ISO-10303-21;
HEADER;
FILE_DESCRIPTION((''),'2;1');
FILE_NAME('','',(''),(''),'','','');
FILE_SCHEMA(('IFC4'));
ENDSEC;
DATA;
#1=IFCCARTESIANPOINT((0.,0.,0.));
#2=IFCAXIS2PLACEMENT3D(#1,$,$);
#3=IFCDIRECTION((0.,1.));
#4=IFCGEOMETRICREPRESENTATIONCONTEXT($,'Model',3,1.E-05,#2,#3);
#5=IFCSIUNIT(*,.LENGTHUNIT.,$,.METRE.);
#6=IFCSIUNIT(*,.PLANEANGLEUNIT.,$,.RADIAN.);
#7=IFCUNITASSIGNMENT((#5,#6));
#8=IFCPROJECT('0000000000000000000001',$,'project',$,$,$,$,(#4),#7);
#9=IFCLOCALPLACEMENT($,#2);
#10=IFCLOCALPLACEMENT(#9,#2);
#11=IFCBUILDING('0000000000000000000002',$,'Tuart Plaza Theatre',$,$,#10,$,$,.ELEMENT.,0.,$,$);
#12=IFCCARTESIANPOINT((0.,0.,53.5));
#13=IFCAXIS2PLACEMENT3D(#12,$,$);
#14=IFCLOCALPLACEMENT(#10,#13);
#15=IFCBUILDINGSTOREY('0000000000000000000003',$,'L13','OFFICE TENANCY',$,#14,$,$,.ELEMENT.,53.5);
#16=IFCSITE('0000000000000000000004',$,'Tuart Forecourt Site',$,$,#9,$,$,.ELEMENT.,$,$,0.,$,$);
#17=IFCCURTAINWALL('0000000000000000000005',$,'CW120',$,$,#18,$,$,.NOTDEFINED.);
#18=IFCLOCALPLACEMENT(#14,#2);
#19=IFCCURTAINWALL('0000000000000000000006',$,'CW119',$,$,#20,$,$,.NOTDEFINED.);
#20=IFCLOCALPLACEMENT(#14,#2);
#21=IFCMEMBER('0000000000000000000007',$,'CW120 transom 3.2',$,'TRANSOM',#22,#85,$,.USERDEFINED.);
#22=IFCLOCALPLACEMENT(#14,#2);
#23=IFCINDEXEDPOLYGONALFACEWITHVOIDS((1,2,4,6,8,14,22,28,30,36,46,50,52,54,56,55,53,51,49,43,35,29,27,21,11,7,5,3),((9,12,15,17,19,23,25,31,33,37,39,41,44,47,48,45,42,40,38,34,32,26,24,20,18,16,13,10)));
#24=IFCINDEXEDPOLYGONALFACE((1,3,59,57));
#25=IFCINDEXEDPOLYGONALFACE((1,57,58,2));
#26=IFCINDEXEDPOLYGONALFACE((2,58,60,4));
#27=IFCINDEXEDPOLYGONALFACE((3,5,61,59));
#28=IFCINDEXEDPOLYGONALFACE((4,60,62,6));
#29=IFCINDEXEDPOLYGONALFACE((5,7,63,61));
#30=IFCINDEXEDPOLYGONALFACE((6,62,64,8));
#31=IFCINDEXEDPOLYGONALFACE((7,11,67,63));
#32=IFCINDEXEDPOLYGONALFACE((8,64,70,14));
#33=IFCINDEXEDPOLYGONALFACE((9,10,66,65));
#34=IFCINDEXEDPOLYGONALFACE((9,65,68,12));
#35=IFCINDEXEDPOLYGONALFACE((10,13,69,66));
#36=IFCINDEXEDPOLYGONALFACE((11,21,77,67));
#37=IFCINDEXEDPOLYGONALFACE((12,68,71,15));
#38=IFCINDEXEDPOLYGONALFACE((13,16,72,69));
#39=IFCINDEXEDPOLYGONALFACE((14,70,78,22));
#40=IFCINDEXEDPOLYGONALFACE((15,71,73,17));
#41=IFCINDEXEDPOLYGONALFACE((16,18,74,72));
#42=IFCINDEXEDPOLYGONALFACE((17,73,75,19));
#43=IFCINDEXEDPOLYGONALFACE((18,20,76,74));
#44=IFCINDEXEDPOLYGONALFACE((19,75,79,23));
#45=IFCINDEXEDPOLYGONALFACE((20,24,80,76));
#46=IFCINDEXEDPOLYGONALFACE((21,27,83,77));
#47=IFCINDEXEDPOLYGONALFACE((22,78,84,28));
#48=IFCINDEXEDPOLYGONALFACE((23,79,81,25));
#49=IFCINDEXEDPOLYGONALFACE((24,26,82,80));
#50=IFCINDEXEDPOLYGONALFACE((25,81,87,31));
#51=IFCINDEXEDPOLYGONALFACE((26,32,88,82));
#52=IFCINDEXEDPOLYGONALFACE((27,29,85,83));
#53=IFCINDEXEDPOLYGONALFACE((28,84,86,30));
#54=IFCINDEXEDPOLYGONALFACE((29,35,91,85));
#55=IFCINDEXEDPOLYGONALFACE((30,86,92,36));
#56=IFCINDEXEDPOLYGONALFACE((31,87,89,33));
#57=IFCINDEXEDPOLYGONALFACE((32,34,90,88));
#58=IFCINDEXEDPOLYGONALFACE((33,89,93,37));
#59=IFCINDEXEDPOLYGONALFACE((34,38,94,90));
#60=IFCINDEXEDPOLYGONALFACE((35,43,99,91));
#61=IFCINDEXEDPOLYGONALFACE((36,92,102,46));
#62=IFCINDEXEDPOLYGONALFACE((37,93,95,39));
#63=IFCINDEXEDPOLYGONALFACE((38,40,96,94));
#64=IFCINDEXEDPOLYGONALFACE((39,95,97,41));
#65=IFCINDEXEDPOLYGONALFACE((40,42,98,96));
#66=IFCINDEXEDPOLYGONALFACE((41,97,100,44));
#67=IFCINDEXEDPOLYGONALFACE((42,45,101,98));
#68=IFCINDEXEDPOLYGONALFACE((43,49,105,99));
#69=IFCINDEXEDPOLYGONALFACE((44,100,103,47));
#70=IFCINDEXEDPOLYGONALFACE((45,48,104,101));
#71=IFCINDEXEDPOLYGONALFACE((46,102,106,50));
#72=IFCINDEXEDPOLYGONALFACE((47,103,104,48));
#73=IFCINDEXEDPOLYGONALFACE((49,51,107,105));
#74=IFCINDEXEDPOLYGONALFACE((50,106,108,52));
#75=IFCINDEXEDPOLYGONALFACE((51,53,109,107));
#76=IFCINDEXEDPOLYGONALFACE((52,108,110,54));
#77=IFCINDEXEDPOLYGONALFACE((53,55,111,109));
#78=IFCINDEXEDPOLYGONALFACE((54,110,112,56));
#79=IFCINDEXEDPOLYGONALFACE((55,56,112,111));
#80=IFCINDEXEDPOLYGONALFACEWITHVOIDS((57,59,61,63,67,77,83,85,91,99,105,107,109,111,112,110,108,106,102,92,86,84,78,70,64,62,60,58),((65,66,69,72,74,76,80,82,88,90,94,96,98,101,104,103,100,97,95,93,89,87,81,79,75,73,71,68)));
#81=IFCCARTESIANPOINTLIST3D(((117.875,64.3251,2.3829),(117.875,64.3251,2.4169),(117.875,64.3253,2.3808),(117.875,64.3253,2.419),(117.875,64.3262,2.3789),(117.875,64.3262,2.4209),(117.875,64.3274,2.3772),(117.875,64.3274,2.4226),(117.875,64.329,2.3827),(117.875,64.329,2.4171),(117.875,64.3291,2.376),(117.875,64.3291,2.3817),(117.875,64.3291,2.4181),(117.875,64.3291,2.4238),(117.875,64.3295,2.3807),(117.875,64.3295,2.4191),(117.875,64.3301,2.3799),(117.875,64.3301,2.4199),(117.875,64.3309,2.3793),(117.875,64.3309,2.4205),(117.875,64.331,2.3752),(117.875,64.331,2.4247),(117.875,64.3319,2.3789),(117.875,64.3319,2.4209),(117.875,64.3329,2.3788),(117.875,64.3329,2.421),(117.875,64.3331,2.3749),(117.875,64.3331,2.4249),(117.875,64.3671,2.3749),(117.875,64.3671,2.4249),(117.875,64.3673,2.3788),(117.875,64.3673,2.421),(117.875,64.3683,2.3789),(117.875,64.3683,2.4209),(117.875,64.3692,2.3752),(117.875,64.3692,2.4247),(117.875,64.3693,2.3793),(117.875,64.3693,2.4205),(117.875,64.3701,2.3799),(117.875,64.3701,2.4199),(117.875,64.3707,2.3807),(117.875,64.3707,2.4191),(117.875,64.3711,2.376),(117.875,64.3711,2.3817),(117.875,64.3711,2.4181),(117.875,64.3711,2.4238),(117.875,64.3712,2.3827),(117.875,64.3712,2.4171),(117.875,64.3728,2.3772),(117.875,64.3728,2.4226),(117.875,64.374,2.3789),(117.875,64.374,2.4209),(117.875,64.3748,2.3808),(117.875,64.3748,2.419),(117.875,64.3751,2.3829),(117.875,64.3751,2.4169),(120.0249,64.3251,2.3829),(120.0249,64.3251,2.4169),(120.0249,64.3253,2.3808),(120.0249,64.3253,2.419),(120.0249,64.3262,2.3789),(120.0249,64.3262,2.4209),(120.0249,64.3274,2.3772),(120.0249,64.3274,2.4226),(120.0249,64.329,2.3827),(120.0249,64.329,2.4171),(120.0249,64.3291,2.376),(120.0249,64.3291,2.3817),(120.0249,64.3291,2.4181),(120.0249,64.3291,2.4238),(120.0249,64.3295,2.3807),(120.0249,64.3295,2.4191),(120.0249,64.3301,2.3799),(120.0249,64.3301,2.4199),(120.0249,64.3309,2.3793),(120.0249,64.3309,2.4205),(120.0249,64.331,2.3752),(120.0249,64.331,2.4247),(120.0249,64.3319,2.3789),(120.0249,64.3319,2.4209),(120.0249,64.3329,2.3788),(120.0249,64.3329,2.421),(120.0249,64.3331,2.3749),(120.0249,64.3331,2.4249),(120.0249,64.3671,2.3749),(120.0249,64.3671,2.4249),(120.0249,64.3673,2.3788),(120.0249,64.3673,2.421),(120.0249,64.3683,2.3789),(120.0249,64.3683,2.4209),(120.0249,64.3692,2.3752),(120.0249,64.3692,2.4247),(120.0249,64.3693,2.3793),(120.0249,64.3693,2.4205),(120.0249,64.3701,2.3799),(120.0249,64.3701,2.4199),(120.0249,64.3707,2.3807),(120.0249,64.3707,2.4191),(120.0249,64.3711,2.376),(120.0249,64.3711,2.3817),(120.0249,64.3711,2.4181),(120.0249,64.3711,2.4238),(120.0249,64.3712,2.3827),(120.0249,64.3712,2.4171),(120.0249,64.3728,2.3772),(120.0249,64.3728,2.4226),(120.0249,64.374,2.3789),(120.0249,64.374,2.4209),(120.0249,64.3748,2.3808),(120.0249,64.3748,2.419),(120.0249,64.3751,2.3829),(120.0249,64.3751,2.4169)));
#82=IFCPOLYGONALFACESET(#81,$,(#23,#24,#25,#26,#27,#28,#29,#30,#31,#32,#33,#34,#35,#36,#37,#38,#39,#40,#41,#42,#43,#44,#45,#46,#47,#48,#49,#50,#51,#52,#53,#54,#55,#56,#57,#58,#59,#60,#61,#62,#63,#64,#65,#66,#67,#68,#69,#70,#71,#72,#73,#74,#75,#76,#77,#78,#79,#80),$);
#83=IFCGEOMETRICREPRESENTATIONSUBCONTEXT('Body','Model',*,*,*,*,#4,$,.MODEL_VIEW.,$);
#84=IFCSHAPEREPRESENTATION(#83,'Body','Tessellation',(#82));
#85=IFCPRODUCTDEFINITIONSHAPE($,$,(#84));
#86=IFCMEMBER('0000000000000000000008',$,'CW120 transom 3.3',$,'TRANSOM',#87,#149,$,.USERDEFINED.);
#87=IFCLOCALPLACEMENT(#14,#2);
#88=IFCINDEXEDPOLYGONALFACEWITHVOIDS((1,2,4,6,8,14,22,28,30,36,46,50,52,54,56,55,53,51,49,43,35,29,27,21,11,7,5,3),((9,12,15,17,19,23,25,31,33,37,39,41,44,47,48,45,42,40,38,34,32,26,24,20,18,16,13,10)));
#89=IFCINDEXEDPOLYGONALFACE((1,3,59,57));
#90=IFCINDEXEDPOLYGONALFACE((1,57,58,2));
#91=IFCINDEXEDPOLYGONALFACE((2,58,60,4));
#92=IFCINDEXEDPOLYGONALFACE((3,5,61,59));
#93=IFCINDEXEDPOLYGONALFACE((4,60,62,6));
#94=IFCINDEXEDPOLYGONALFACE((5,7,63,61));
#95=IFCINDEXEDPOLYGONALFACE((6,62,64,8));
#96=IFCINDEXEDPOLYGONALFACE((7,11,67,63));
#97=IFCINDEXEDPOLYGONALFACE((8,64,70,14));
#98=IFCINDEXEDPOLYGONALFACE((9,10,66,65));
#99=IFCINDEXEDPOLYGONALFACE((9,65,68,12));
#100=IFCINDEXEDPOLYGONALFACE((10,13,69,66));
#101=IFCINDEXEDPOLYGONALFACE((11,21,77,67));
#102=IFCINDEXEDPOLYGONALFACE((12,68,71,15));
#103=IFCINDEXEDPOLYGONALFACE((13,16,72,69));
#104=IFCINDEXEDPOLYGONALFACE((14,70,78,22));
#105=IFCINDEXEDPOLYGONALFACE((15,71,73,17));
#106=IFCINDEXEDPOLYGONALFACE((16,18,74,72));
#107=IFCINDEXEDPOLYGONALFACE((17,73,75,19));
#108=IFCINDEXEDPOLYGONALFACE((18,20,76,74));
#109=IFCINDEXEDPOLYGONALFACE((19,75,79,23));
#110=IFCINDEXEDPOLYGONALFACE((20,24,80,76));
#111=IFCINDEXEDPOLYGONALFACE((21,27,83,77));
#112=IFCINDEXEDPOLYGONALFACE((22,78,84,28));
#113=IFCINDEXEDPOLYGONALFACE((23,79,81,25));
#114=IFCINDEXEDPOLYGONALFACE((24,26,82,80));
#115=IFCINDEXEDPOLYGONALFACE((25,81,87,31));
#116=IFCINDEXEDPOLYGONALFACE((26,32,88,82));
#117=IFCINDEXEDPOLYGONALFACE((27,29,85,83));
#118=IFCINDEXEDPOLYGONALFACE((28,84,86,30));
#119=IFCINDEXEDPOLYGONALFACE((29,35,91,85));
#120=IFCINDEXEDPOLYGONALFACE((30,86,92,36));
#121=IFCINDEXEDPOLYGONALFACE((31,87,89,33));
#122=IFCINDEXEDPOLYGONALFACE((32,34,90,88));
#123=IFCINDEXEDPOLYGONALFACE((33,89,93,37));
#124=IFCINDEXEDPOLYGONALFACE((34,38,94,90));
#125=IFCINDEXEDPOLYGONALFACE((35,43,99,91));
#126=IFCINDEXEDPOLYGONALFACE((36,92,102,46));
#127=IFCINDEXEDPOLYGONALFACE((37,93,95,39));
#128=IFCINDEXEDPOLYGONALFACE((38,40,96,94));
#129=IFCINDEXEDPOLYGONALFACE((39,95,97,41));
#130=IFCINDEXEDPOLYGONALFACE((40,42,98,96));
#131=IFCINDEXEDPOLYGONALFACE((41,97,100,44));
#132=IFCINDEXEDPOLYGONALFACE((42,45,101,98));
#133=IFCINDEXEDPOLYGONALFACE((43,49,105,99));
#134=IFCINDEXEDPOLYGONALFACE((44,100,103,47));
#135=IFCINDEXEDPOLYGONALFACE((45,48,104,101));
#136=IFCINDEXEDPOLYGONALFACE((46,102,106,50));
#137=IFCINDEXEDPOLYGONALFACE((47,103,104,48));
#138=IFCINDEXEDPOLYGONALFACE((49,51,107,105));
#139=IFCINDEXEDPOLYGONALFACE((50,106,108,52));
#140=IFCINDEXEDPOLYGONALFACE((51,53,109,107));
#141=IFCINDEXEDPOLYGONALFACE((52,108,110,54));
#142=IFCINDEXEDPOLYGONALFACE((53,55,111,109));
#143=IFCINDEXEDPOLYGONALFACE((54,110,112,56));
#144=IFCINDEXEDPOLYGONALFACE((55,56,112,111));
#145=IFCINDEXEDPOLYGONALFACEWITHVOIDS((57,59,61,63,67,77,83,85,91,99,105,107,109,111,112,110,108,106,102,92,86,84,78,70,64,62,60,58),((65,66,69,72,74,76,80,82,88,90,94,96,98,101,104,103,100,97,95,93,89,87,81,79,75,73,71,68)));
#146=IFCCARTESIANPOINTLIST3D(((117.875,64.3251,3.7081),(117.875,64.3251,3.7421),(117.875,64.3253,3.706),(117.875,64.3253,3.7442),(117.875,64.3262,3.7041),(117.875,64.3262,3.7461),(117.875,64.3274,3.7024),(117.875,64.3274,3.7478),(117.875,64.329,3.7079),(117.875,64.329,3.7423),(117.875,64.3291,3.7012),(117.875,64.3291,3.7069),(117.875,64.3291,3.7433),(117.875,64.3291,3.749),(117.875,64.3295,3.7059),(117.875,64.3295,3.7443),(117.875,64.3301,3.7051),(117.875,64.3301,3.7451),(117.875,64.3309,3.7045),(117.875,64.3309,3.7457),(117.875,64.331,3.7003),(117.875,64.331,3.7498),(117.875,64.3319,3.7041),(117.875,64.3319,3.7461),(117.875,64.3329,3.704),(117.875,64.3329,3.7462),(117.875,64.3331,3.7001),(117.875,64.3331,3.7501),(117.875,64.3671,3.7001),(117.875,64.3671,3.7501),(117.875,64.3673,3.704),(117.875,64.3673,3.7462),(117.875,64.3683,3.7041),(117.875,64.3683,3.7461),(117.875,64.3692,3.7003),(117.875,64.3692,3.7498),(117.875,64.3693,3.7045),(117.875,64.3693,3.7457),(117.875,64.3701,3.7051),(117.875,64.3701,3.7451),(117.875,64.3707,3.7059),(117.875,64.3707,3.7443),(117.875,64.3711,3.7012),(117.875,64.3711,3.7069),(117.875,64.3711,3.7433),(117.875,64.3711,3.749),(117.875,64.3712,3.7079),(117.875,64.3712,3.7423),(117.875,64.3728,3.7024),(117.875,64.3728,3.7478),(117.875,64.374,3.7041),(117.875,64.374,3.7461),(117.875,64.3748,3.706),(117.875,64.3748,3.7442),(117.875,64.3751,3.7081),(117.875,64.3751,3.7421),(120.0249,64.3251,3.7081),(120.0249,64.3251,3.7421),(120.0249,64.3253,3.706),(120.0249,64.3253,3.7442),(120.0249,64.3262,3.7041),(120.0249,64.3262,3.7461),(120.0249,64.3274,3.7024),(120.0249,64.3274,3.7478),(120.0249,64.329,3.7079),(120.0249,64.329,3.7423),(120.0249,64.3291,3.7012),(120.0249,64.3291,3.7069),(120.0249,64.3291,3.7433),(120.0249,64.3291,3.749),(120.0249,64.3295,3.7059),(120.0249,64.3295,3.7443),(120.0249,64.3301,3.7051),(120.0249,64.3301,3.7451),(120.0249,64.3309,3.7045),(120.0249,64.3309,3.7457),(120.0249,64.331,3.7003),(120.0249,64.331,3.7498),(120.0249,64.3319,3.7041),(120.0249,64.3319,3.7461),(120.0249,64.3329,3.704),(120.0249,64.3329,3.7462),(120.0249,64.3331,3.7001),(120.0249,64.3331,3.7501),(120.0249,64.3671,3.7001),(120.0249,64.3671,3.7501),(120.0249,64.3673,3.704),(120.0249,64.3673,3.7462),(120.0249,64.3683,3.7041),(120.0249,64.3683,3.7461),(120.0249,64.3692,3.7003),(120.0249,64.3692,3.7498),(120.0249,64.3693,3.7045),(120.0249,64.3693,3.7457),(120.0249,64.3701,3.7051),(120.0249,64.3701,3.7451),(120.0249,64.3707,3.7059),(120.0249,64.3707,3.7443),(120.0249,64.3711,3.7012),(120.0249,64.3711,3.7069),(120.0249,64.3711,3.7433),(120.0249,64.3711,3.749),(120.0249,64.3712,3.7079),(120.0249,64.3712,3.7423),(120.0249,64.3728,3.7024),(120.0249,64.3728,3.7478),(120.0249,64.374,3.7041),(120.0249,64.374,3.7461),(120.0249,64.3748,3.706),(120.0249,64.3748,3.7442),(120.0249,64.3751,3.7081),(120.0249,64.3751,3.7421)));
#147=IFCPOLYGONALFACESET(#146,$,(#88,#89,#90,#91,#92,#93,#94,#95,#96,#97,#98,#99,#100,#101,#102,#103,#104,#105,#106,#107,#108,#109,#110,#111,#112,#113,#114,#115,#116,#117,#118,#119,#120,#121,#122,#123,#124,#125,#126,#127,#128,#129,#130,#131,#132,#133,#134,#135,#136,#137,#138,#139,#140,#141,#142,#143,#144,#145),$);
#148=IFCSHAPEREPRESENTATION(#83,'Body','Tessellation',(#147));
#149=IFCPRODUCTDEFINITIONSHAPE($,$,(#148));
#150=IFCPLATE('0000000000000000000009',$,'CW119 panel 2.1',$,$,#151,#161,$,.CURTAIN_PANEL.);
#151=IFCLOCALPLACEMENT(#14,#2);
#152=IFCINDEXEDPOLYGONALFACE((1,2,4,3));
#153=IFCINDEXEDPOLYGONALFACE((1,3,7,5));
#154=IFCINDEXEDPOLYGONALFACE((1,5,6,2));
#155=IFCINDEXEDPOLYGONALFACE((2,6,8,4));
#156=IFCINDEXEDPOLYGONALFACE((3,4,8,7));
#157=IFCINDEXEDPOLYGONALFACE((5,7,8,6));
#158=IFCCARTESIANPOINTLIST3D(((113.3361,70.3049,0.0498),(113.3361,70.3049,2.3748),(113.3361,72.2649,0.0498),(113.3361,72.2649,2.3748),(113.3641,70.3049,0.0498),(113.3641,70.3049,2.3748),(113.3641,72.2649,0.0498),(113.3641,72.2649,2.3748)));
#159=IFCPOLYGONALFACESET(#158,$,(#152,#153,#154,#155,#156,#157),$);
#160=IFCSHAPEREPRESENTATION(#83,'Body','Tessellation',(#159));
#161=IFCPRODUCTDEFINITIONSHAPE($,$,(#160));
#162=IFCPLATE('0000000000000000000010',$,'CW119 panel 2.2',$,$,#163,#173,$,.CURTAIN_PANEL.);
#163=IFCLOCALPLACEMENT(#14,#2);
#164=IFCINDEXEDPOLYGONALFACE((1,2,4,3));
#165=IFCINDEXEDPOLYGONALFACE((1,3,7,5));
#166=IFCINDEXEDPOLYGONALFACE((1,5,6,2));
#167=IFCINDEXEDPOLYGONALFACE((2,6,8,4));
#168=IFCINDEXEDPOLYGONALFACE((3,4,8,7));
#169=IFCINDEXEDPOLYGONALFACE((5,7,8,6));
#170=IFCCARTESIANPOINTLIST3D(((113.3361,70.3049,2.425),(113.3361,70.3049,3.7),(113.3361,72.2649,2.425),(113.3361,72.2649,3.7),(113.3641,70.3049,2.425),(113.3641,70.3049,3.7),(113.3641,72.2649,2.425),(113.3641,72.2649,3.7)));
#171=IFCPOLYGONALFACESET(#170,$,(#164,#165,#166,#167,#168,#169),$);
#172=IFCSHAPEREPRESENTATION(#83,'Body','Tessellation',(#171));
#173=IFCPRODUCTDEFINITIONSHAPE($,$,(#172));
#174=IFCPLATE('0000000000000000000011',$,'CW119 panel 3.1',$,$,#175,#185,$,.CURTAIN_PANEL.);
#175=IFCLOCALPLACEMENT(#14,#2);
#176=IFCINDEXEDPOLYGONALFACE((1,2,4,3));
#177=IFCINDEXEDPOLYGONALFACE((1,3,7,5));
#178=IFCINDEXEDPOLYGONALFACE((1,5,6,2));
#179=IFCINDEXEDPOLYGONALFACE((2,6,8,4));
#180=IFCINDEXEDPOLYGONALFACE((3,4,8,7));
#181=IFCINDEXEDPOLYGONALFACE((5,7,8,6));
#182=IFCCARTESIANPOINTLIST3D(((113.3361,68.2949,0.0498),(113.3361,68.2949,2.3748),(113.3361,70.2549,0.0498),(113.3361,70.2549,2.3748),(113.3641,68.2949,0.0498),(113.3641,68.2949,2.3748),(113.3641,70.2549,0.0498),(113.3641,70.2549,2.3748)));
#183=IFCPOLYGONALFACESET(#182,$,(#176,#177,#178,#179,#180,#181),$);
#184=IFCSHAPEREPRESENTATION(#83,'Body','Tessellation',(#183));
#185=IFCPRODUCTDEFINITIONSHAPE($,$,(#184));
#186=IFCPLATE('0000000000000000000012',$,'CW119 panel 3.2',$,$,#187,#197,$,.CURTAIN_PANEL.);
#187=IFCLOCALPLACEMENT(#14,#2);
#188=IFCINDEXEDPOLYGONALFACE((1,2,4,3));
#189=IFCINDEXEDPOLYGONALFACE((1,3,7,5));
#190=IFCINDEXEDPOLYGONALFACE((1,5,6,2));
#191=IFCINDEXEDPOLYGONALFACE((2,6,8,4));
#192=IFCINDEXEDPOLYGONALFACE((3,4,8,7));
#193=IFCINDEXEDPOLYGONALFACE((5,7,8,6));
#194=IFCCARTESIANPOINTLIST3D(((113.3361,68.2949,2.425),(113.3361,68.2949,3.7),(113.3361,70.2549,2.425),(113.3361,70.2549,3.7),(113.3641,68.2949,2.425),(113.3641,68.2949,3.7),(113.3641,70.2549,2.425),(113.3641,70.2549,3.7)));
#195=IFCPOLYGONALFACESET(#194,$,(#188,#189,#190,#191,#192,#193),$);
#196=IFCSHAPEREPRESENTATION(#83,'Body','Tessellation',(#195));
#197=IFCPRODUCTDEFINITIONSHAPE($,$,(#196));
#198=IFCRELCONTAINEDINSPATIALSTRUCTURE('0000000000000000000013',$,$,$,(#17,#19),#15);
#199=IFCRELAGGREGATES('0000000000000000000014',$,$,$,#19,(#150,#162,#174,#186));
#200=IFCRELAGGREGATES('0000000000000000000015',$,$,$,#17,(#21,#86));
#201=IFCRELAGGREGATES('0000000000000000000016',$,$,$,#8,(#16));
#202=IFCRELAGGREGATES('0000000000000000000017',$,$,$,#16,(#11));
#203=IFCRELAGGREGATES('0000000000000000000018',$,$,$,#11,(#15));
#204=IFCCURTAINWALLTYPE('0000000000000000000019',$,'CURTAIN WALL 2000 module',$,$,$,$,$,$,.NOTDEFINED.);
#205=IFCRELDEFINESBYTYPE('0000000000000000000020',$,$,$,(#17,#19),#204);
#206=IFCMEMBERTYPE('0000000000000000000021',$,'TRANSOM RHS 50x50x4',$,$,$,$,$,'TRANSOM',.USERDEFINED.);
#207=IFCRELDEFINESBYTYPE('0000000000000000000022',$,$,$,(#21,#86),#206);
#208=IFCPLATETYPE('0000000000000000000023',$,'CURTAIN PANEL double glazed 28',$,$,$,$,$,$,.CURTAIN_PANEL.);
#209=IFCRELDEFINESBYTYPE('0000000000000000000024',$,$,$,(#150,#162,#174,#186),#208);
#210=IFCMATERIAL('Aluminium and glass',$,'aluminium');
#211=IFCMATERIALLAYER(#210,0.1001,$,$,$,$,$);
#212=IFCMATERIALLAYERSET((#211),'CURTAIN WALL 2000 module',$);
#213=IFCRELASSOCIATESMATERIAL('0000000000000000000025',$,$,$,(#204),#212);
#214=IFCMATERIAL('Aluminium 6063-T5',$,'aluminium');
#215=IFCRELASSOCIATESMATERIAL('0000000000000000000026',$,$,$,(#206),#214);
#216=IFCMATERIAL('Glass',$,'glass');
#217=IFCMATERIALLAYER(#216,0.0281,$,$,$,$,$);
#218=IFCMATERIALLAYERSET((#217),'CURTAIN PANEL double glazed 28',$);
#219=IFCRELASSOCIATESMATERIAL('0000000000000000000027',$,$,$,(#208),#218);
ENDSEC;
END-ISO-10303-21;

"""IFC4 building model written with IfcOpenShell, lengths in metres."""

from ifc_helpers import new_model, si_unit, direction, frame, origin, origin_2d, place, context, subcontext, project, spatial, rectangle, hollow_rectangle, extrude, material, layer, layer_set, material_profile, profile_set, type_object, element, aggregate, save


model = new_model("IFC4")

# Units and contexts
model_context = context("Model", 3, precision=1e-05, world=origin(), true_north=direction((0.0, 1.0)))
body_context = subcontext(model_context, "Body", "Model", "MODEL_VIEW")
ifc_project = project(units=[si_unit("LENGTHUNIT", "METRE"), si_unit("PLANEANGLEUNIT", "RADIAN")], contexts=[model_context])

# Site, building, storey
site_placement = place(None, origin())
site = spatial("IfcSite", under=ifc_project, at=site_placement, Name="Tuart Forecourt Site", CompositionType="ELEMENT", RefElevation=0.0)
building_placement = place(site_placement, origin())
building = spatial("IfcBuilding", under=site, at=building_placement, Name="Tuart Plaza Theatre", CompositionType="ELEMENT", ElevationOfRefHeight=0.0)
storey_placement = place(building_placement, frame((0.0, 0.0, 53.5)))
storey = spatial("IfcBuildingStorey", under=building, at=storey_placement, Name="L13", Description="OFFICE TENANCY", CompositionType="ELEMENT", Elevation=53.5)

# Curtain walls
ifc_material_1 = material(Name="Aluminium and glass", Category="aluminium")
ifc_layer_1 = layer(ifc_material_1, 0.1001)
ifc_layer_set_1 = layer_set([ifc_layer_1], Name="CURTAIN WALL 2000 module")
curtain_wall_type = type_object("IfcCurtainWallType", Name="CURTAIN WALL 2000 module", PredefinedType="NOTDEFINED", material=ifc_layer_set_1)
curtain_wall_1_placement = place(storey_placement, origin())
curtain_wall_1 = element("IfcCurtainWall", 1, at=curtain_wall_1_placement, inside=storey, type_object=curtain_wall_type, Name="CW120", PredefinedType="NOTDEFINED")
curtain_wall_2_placement = place(storey_placement, origin())
curtain_wall_2 = element("IfcCurtainWall", 2, at=curtain_wall_2_placement, inside=storey, type_object=curtain_wall_type, Name="CW119", PredefinedType="NOTDEFINED")
ifc_material_2 = material(Name="Aluminium 6063-T5", Category="aluminium")
ifc_material_profile_1 = material_profile(ifc_material_2, hollow_rectangle(XDim=0.05, YDim=0.05, WallThickness=0.0039, InnerFilletRadius=0.0039, OuterFilletRadius=0.0081, at=origin_2d()), Name="RHS 50x50x4")
ifc_profile_set_1 = profile_set([ifc_material_profile_1], Name="Aluminium 6063-T5")
member_type_1 = type_object("IfcMemberType", Name="TRANSOM RHS 50x50x4", ElementType="TRANSOM", PredefinedType="USERDEFINED", material=ifc_profile_set_1)

# Members
member_1_placement = place(storey_placement, frame((117.875, 64.3501, 2.3999), z_axis=(1.0, 0.0, 0.0), x_axis=(0.0, 1.0, 0.0)))
member_1 = element("IfcMember", 3, at=member_1_placement, type_object=member_type_1, Name="CW120 transom 3.2", ObjectType="TRANSOM", PredefinedType="USERDEFINED", context=body_context, shape_type="SweptSolid", body=[
    extrude(hollow_rectangle(XDim=0.05, YDim=0.05, WallThickness=0.0039, InnerFilletRadius=0.0039, OuterFilletRadius=0.0081, at=origin_2d()), origin(), (0.0, 0.0, 1.0), 2.1499),
])
member_2_placement = place(storey_placement, frame((117.875, 64.3501, 3.7251), z_axis=(1.0, 0.0, 0.0), x_axis=(0.0, 1.0, 0.0)))
member_2 = element("IfcMember", 4, at=member_2_placement, type_object=member_type_1, Name="CW120 transom 3.3", ObjectType="TRANSOM", PredefinedType="USERDEFINED", context=body_context, shape_type="SweptSolid", body=[
    extrude(hollow_rectangle(XDim=0.05, YDim=0.05, WallThickness=0.0039, InnerFilletRadius=0.0039, OuterFilletRadius=0.0081, at=origin_2d()), origin(), (0.0, 0.0, 1.0), 2.1499),
])

# Plates
ifc_material_3 = material(Name="Glass", Category="glass")
ifc_layer_2 = layer(ifc_material_3, 0.0281)
ifc_layer_set_2 = layer_set([ifc_layer_2], Name="CURTAIN PANEL double glazed 28")
plate_type = type_object("IfcPlateType", Name="CURTAIN PANEL double glazed 28", PredefinedType="CURTAIN_PANEL", material=ifc_layer_set_2)
plate_1_placement = place(storey_placement, frame((113.3501, 71.2849, 0.0498), z_axis=(0.0, 0.0, 1.0), x_axis=(0.0, -1.0, 0.0)))
plate_1 = element("IfcPlate", 5, at=plate_1_placement, type_object=plate_type, Name="CW119 panel 2.1", PredefinedType="CURTAIN_PANEL", context=body_context, shape_type="SweptSolid", body=[
    extrude(rectangle(XDim=1.96, YDim=0.0281, at=origin_2d()), origin(), (0.0, 0.0, 1.0), 2.325),
])
plate_2_placement = place(storey_placement, frame((113.3501, 71.2849, 2.425), z_axis=(0.0, 0.0, 1.0), x_axis=(0.0, -1.0, 0.0)))
plate_2 = element("IfcPlate", 6, at=plate_2_placement, type_object=plate_type, Name="CW119 panel 2.2", PredefinedType="CURTAIN_PANEL", context=body_context, shape_type="SweptSolid", body=[
    extrude(rectangle(XDim=1.96, YDim=0.0281, at=origin_2d()), origin(), (0.0, 0.0, 1.0), 1.2749),
])
plate_3_placement = place(storey_placement, frame((113.3501, 69.2749, 0.0498), z_axis=(0.0, 0.0, 1.0), x_axis=(0.0, -1.0, 0.0)))
plate_3 = element("IfcPlate", 7, at=plate_3_placement, type_object=plate_type, Name="CW119 panel 3.1", PredefinedType="CURTAIN_PANEL", context=body_context, shape_type="SweptSolid", body=[
    extrude(rectangle(XDim=1.96, YDim=0.0281, at=origin_2d()), origin(), (0.0, 0.0, 1.0), 2.325),
])
plate_4_placement = place(storey_placement, frame((113.3501, 69.2749, 2.425), z_axis=(0.0, 0.0, 1.0), x_axis=(0.0, -1.0, 0.0)))
plate_4 = element("IfcPlate", 8, at=plate_4_placement, type_object=plate_type, Name="CW119 panel 3.2", PredefinedType="CURTAIN_PANEL", context=body_context, shape_type="SweptSolid", body=[
    extrude(rectangle(XDim=1.96, YDim=0.0281, at=origin_2d()), origin(), (0.0, 0.0, 1.0), 1.2749),
])
aggregate(curtain_wall_2, [plate_1, plate_2, plate_3, plate_4])
aggregate(curtain_wall_1, [member_1, member_2])

save(model, "model.ifc")
